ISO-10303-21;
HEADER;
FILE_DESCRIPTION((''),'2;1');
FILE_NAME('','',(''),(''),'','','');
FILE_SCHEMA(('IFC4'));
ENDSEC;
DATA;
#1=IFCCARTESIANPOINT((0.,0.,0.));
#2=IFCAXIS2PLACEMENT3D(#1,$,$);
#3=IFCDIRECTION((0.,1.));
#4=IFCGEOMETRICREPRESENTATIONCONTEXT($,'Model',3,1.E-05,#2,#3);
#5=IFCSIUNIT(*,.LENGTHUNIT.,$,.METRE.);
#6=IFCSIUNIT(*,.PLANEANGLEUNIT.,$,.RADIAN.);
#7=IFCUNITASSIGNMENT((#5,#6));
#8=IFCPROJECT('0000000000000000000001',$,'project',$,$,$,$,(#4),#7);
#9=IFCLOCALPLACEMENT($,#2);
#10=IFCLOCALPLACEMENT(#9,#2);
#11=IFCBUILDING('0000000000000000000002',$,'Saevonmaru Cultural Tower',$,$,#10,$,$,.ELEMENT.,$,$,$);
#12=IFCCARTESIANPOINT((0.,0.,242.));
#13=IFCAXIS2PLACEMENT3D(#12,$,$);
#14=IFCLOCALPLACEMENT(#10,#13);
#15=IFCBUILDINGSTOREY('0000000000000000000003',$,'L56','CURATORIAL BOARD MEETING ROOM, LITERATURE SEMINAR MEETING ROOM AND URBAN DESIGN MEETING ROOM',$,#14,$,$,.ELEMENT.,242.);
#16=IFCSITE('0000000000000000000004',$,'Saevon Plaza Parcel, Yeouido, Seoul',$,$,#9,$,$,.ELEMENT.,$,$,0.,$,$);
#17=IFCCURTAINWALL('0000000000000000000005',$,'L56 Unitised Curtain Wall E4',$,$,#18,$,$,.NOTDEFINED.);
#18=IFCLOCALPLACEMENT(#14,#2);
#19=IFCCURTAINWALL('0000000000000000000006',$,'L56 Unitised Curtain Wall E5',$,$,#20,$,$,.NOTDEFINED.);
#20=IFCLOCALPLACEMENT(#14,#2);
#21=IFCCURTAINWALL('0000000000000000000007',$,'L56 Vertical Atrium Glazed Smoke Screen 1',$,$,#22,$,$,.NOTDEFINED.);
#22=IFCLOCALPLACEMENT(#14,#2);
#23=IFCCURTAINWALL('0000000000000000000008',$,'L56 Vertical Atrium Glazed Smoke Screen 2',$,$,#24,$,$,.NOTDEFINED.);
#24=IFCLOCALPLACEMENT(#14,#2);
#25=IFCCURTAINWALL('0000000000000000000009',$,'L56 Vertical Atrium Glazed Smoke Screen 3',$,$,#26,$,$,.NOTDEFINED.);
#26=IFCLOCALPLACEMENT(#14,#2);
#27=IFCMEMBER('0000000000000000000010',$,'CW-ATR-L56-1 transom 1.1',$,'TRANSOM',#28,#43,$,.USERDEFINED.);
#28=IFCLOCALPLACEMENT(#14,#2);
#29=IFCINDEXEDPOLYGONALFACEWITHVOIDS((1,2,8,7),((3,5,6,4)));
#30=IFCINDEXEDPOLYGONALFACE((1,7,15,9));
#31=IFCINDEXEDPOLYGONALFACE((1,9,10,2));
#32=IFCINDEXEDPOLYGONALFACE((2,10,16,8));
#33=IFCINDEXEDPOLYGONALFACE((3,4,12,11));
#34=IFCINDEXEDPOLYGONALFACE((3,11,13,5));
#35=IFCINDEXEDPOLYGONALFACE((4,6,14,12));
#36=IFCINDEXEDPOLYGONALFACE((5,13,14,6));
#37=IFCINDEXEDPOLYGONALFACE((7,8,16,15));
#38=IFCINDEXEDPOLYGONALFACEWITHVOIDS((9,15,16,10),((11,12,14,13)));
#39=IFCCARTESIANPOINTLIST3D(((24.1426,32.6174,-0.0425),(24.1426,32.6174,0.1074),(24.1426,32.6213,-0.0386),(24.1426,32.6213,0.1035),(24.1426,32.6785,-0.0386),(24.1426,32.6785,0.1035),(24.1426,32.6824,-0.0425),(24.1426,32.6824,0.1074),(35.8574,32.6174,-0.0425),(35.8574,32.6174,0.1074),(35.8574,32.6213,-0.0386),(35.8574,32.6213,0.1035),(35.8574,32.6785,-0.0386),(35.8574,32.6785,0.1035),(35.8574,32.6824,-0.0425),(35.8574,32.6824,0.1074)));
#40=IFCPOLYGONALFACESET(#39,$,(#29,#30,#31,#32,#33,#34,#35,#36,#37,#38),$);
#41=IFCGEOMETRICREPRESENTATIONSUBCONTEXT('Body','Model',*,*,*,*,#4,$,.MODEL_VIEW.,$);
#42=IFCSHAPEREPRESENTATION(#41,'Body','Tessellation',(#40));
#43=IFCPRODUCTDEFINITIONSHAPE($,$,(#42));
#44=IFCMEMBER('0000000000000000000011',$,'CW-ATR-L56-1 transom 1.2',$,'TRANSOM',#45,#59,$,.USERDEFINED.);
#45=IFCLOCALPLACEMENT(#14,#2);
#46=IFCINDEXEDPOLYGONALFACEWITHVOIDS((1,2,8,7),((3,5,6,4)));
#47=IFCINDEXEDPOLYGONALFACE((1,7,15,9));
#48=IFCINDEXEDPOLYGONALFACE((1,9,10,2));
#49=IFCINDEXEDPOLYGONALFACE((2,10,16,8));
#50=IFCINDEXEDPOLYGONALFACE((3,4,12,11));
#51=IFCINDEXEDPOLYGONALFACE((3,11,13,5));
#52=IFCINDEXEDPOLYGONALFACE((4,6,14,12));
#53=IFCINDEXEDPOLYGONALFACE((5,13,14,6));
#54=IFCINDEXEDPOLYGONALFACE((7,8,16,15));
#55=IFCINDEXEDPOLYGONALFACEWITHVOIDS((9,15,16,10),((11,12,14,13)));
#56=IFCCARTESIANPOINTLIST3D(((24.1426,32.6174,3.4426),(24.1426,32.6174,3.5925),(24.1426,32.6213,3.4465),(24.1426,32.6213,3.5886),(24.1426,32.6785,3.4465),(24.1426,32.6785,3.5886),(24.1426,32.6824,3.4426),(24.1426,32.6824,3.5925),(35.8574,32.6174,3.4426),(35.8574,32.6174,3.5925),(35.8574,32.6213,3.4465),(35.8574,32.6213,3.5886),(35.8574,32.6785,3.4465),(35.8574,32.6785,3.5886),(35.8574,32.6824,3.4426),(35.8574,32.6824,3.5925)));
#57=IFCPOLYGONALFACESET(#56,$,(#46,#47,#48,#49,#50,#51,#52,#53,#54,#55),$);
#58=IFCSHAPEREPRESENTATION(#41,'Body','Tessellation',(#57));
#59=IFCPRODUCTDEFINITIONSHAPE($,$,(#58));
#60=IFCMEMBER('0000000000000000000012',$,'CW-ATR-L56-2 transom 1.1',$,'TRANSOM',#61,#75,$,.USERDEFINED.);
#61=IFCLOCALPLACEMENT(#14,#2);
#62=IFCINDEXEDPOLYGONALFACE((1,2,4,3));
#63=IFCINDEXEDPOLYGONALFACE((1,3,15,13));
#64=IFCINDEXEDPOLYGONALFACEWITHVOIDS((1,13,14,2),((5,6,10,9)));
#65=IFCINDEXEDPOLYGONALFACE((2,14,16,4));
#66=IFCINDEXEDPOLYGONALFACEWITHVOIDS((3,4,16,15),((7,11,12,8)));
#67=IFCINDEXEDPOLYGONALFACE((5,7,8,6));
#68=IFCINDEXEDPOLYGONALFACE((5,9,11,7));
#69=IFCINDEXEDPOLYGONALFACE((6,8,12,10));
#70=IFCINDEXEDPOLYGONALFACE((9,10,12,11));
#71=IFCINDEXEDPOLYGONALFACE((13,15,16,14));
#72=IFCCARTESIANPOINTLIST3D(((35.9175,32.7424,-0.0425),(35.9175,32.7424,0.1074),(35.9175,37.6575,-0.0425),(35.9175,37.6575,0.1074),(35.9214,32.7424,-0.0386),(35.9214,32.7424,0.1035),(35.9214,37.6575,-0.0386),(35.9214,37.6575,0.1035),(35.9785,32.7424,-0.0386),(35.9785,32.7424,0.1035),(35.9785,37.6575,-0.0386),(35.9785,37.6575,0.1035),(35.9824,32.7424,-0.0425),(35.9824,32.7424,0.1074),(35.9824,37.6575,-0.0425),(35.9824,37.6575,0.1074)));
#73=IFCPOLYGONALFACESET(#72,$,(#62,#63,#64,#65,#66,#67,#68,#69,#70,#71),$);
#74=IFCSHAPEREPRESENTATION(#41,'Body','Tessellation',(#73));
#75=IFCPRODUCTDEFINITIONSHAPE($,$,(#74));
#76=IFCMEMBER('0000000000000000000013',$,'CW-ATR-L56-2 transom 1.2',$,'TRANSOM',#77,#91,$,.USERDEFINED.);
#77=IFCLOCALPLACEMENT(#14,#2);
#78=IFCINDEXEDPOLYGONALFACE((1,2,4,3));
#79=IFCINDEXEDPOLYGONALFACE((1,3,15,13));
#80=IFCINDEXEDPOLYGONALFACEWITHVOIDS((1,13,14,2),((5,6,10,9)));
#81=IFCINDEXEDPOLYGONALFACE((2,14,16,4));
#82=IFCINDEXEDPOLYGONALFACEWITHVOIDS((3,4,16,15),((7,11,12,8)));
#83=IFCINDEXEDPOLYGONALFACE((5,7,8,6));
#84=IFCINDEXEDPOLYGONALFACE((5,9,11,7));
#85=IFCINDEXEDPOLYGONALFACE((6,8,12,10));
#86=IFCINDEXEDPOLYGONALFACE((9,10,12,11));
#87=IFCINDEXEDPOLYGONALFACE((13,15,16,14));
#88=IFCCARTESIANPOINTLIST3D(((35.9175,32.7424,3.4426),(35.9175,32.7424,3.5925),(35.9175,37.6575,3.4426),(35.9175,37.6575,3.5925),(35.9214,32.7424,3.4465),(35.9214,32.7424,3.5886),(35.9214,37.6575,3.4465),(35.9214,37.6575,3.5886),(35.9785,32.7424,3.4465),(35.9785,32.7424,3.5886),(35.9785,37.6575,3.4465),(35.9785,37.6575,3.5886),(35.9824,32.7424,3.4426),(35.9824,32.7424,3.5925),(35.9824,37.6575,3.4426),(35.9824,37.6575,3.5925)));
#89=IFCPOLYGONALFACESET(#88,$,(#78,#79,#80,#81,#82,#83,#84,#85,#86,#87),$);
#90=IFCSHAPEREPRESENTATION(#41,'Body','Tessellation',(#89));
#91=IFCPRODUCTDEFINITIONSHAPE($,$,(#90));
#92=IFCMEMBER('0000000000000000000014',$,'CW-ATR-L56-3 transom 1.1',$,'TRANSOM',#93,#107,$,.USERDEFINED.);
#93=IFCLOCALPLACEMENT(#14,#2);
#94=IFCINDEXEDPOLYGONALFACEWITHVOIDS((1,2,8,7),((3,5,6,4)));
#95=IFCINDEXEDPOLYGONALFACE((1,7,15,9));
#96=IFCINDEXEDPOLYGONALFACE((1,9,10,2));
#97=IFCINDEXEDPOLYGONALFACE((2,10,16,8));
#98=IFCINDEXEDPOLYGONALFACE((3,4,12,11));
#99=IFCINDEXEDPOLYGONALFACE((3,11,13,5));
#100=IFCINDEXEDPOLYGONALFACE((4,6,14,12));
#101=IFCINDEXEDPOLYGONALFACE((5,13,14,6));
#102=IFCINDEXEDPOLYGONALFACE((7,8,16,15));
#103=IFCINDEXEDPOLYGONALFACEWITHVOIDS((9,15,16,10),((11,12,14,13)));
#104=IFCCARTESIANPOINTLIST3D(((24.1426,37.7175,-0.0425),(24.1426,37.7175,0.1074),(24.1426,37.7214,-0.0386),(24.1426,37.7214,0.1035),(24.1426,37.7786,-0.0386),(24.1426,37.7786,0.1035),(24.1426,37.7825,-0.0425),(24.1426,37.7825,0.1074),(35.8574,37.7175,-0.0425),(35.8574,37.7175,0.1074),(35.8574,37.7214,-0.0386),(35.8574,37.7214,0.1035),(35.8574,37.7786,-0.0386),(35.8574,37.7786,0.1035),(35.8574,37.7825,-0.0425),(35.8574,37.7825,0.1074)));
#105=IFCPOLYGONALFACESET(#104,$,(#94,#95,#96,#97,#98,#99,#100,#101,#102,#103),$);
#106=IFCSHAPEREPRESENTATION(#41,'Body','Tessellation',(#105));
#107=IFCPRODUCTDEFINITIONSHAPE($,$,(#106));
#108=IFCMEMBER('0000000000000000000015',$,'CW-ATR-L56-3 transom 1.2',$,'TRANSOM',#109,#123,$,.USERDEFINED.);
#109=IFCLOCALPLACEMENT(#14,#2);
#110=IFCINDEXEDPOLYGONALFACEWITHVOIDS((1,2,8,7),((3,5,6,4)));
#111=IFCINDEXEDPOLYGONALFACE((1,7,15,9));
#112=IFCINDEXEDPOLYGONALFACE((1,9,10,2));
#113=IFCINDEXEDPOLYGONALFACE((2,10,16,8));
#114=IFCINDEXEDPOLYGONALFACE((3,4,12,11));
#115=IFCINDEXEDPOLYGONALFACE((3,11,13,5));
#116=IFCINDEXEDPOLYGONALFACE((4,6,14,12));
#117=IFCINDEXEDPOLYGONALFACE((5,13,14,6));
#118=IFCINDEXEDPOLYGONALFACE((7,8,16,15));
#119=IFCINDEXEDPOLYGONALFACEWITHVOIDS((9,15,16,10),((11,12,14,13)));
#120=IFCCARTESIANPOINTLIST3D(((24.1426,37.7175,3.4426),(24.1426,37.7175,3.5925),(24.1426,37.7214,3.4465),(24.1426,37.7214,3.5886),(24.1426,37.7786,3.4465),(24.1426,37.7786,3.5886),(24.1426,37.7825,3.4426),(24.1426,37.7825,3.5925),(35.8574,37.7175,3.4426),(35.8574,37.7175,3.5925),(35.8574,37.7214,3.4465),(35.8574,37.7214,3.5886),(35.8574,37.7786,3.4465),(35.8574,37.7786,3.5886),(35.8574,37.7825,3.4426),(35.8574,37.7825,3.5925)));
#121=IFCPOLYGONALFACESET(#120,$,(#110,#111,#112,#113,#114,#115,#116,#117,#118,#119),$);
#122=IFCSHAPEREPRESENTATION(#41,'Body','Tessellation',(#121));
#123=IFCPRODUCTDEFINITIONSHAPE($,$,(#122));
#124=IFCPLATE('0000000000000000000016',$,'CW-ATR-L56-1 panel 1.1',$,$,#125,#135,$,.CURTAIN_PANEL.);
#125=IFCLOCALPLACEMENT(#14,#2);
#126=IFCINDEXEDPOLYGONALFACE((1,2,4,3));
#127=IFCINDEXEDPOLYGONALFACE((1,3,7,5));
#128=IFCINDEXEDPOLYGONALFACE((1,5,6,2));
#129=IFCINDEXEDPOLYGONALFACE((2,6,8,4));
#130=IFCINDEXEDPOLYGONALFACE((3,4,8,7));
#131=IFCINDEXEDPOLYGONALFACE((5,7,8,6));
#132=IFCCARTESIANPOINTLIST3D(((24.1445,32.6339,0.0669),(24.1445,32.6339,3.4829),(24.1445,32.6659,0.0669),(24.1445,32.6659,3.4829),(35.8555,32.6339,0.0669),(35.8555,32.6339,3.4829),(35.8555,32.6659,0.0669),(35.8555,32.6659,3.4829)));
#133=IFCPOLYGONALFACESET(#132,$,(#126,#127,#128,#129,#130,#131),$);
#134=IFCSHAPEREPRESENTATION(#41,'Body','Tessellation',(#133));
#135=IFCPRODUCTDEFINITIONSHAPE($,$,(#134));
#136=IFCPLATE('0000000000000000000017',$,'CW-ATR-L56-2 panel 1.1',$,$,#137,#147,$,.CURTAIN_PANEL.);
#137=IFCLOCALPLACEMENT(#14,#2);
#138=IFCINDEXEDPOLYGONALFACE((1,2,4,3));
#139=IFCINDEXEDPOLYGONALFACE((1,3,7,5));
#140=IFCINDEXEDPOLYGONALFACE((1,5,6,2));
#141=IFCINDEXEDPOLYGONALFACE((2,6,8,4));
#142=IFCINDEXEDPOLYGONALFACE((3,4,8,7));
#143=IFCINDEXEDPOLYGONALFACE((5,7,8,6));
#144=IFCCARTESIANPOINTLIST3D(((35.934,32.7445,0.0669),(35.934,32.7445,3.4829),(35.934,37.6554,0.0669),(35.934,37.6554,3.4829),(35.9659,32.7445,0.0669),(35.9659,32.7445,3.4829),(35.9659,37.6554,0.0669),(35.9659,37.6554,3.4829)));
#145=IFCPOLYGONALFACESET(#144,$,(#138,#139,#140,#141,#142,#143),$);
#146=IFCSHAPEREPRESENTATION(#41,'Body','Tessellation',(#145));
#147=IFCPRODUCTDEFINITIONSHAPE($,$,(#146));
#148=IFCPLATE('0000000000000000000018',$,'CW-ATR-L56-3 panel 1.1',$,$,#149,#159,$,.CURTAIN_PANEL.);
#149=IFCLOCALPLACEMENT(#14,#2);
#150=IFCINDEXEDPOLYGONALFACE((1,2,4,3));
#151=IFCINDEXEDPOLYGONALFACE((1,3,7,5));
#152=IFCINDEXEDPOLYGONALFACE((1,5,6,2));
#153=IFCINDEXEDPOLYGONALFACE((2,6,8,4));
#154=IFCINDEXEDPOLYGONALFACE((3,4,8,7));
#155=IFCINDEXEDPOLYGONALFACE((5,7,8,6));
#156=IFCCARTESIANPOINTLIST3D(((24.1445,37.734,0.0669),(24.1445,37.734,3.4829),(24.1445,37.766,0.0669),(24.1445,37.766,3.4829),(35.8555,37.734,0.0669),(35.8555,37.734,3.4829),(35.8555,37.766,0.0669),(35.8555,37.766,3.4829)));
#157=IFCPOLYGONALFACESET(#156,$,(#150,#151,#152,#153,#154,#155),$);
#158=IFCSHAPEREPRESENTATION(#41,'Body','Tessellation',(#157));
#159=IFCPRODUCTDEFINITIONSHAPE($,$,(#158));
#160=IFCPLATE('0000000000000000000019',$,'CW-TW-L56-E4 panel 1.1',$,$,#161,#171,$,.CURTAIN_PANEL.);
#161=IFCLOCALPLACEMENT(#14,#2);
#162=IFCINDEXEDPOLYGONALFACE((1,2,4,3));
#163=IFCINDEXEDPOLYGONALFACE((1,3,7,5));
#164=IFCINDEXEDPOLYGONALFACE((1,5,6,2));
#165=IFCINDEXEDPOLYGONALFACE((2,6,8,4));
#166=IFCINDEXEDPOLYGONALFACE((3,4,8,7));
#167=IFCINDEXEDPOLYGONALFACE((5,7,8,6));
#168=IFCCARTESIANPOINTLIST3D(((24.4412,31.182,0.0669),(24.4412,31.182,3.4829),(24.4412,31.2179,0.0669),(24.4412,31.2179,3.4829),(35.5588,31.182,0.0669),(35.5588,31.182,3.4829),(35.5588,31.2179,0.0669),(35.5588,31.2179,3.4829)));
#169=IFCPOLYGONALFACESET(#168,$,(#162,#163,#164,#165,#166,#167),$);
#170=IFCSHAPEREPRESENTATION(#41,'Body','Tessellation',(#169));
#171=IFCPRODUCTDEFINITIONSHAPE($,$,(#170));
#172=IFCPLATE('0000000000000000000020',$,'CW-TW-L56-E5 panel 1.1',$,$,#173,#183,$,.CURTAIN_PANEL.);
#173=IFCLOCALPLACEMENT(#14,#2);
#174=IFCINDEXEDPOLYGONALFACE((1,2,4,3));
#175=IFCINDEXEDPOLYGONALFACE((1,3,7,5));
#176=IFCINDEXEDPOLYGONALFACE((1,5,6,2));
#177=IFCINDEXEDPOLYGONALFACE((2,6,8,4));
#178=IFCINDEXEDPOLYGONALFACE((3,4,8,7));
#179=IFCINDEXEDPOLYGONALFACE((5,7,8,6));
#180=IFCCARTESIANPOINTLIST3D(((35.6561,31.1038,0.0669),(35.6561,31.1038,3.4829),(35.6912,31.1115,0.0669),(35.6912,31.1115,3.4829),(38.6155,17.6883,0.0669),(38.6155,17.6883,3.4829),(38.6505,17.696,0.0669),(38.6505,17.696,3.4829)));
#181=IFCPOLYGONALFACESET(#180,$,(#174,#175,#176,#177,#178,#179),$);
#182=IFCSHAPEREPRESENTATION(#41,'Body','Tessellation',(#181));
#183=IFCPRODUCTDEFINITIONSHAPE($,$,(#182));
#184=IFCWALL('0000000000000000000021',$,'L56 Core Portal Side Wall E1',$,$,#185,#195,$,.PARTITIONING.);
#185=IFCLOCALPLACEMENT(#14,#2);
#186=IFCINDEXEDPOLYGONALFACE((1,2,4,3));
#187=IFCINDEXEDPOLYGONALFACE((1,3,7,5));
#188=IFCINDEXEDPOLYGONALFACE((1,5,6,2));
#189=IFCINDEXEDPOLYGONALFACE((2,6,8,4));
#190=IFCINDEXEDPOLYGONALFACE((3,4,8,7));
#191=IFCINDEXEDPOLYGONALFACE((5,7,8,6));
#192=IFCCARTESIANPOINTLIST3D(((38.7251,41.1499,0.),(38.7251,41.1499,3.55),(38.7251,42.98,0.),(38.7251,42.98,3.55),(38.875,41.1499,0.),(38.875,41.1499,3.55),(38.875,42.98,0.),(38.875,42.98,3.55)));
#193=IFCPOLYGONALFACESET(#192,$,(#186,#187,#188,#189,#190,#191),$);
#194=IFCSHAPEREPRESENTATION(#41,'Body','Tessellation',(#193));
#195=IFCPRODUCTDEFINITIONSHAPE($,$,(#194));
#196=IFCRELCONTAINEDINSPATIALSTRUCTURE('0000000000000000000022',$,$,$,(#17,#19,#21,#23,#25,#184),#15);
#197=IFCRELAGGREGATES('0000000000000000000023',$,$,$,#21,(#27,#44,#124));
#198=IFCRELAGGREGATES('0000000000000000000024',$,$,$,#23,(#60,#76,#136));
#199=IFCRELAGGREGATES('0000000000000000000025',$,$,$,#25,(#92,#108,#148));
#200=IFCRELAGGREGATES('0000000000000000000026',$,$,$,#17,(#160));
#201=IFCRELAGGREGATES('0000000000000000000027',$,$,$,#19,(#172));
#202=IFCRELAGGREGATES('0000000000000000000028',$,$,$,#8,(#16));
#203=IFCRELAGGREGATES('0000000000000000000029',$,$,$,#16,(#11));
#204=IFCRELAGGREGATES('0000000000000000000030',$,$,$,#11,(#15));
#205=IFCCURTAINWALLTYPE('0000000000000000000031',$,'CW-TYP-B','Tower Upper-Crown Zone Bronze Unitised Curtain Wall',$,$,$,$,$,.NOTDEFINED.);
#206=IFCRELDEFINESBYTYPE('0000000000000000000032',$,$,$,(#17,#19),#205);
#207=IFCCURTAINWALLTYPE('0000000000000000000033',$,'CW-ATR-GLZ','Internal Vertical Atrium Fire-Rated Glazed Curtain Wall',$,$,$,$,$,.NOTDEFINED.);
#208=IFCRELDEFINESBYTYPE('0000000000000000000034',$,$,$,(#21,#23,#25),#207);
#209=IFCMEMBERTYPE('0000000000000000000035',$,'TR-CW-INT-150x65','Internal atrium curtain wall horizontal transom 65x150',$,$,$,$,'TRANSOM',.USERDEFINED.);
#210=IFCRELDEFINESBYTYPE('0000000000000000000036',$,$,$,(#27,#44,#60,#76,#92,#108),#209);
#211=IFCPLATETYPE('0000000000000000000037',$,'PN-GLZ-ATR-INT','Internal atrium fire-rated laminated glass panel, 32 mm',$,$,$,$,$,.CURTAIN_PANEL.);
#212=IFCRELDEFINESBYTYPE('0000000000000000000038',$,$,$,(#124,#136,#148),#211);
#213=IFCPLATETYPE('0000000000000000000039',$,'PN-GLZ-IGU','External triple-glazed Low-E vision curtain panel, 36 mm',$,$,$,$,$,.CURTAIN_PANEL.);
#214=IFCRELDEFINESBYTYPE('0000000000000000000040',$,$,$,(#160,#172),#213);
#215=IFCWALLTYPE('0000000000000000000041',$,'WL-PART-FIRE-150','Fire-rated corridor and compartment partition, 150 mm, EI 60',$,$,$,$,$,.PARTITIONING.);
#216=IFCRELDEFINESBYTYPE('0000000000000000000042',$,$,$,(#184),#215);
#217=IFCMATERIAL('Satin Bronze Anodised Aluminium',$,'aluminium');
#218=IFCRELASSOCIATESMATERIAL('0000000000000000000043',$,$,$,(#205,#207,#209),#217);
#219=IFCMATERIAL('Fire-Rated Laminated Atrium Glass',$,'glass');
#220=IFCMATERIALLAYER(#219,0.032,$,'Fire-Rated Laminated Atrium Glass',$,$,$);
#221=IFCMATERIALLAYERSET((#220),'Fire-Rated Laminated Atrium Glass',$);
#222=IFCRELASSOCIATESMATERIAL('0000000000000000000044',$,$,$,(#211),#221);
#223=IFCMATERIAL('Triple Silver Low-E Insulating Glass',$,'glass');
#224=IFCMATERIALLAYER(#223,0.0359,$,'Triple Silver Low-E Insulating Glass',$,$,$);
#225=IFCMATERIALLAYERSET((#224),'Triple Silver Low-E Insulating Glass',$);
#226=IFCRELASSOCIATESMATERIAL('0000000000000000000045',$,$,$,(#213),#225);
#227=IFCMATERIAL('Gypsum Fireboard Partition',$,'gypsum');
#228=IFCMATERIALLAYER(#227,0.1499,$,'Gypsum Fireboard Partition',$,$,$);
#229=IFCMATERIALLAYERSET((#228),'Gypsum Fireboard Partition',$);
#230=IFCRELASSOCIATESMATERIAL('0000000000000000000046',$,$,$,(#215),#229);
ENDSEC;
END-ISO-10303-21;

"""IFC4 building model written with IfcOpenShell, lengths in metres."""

from ifc_helpers import new_model, si_unit, direction, frame, frame_2d, origin, origin_2d, place, context, subcontext, project, spatial, rectangle, hollow_rectangle, extrude, material, layer, layer_set, material_profile, profile_set, type_object, element, aggregate, save


model = new_model("IFC4")

# Units and contexts
model_context = context("Model", 3, precision=1e-05, world=origin(), true_north=direction((0.0, 1.0)))
body_context = subcontext(model_context, "Body", "Model", "MODEL_VIEW")
ifc_project = project(units=[si_unit("LENGTHUNIT", "METRE"), si_unit("PLANEANGLEUNIT", "RADIAN")], contexts=[model_context])

# Site, building, storey
site_placement = place(None, origin())
site = spatial("IfcSite", under=ifc_project, at=site_placement, Name="Saevon Plaza Parcel, Yeouido, Seoul", CompositionType="ELEMENT", RefElevation=0.0)
building_placement = place(site_placement, origin())
building = spatial("IfcBuilding", under=site, at=building_placement, Name="Saevonmaru Cultural Tower", CompositionType="ELEMENT")
storey_placement = place(building_placement, frame((0.0, 0.0, 242.0)))
storey = spatial("IfcBuildingStorey", under=building, at=storey_placement, Name="L56", Description="CURATORIAL BOARD MEETING ROOM, LITERATURE SEMINAR MEETING ROOM AND URBAN DESIGN MEETING ROOM", CompositionType="ELEMENT", Elevation=242.0)

# Shared definitions
ifc_material_1 = material(Name="Satin Bronze Anodised Aluminium", Category="aluminium")
curtain_wall_type_1 = type_object("IfcCurtainWallType", Name="CW-TYP-B", Description="Tower Upper-Crown Zone Bronze Unitised Curtain Wall", PredefinedType="NOTDEFINED", material=ifc_material_1)

# Curtain walls
curtain_wall_1_placement = place(storey_placement, origin())
curtain_wall_1 = element("IfcCurtainWall", 1, at=curtain_wall_1_placement, inside=storey, type_object=curtain_wall_type_1, Name="L56 Unitised Curtain Wall E4", PredefinedType="NOTDEFINED")
curtain_wall_2_placement = place(storey_placement, origin())
curtain_wall_2 = element("IfcCurtainWall", 2, at=curtain_wall_2_placement, inside=storey, type_object=curtain_wall_type_1, Name="L56 Unitised Curtain Wall E5", PredefinedType="NOTDEFINED")

# Curtain walls
curtain_wall_type_2 = type_object("IfcCurtainWallType", Name="CW-ATR-GLZ", Description="Internal Vertical Atrium Fire-Rated Glazed Curtain Wall", PredefinedType="NOTDEFINED", material=ifc_material_1)
curtain_wall_3_placement = place(storey_placement, origin())
curtain_wall_3 = element("IfcCurtainWall", 3, at=curtain_wall_3_placement, inside=storey, type_object=curtain_wall_type_2, Name="L56 Vertical Atrium Glazed Smoke Screen 1", PredefinedType="NOTDEFINED")
curtain_wall_4_placement = place(storey_placement, origin())
curtain_wall_4 = element("IfcCurtainWall", 4, at=curtain_wall_4_placement, inside=storey, type_object=curtain_wall_type_2, Name="L56 Vertical Atrium Glazed Smoke Screen 2", PredefinedType="NOTDEFINED")
curtain_wall_5_placement = place(storey_placement, origin())
curtain_wall_5 = element("IfcCurtainWall", 5, at=curtain_wall_5_placement, inside=storey, type_object=curtain_wall_type_2, Name="L56 Vertical Atrium Glazed Smoke Screen 3", PredefinedType="NOTDEFINED")

# Members
ifc_material_profile_1 = material_profile(ifc_material_1, hollow_rectangle(XDim=0.0649, YDim=0.1499, WallThickness=0.0039, at=origin_2d()), Name="ALU-TRAN-150x65x4")
ifc_profile_set_1 = profile_set([ifc_material_profile_1], Name="Satin Bronze Anodised Aluminium")
member_type_1 = type_object("IfcMemberType", Name="TR-CW-INT-150x65", Description="Internal atrium curtain wall horizontal transom 65x150", ElementType="TRANSOM", PredefinedType="USERDEFINED", material=ifc_profile_set_1)
member_1_placement = place(storey_placement, frame((24.1426, 32.6499, 0.0325), z_axis=(1.0, 0.0, 0.0), x_axis=(0.0, 1.0, 0.0)))
member_1 = element("IfcMember", 6, at=member_1_placement, type_object=member_type_1, Name="CW-ATR-L56-1 transom 1.1", ObjectType="TRANSOM", PredefinedType="USERDEFINED", context=body_context, shape_type="SweptSolid", body=[
    extrude(hollow_rectangle(XDim=0.0649, YDim=0.1499, WallThickness=0.0039, at=origin_2d()), origin(), (0.0, 0.0, 1.0), 11.7148),
])
member_2_placement = place(storey_placement, frame((24.1426, 32.6499, 3.5176), z_axis=(1.0, 0.0, 0.0), x_axis=(0.0, 1.0, 0.0)))
member_2 = element("IfcMember", 7, at=member_2_placement, type_object=member_type_1, Name="CW-ATR-L56-1 transom 1.2", ObjectType="TRANSOM", PredefinedType="USERDEFINED", context=body_context, shape_type="SweptSolid", body=[
    extrude(hollow_rectangle(XDim=0.0649, YDim=0.1499, WallThickness=0.0039, at=origin_2d()), origin(), (0.0, 0.0, 1.0), 11.7148),
])
member_3_placement = place(storey_placement, frame((35.95, 32.7424, 0.0325), z_axis=(0.0, 1.0, 0.0), x_axis=(-1.0, 0.0, 0.0)))
member_3 = element("IfcMember", 8, at=member_3_placement, type_object=member_type_1, Name="CW-ATR-L56-2 transom 1.1", ObjectType="TRANSOM", PredefinedType="USERDEFINED", context=body_context, shape_type="SweptSolid", body=[
    extrude(hollow_rectangle(XDim=0.0649, YDim=0.1499, WallThickness=0.0039, at=origin_2d()), origin(), (0.0, 0.0, 1.0), 4.915),
])
member_4_placement = place(storey_placement, frame((35.95, 32.7424, 3.5176), z_axis=(0.0, 1.0, 0.0), x_axis=(-1.0, 0.0, 0.0)))
member_4 = element("IfcMember", 9, at=member_4_placement, type_object=member_type_1, Name="CW-ATR-L56-2 transom 1.2", ObjectType="TRANSOM", PredefinedType="USERDEFINED", context=body_context, shape_type="SweptSolid", body=[
    extrude(hollow_rectangle(XDim=0.0649, YDim=0.1499, WallThickness=0.0039, at=origin_2d()), origin(), (0.0, 0.0, 1.0), 4.915),
])
member_5_placement = place(storey_placement, frame((35.8574, 37.75, 0.0325), z_axis=(-1.0, 0.0, 0.0), x_axis=(0.0, -1.0, 0.0)))
member_5 = element("IfcMember", 10, at=member_5_placement, type_object=member_type_1, Name="CW-ATR-L56-3 transom 1.1", ObjectType="TRANSOM", PredefinedType="USERDEFINED", context=body_context, shape_type="SweptSolid", body=[
    extrude(hollow_rectangle(XDim=0.0649, YDim=0.1499, WallThickness=0.0039, at=origin_2d()), origin(), (0.0, 0.0, 1.0), 11.7148),
])
member_6_placement = place(storey_placement, frame((35.8574, 37.75, 3.5176), z_axis=(-1.0, 0.0, 0.0), x_axis=(0.0, -1.0, 0.0)))
member_6 = element("IfcMember", 11, at=member_6_placement, type_object=member_type_1, Name="CW-ATR-L56-3 transom 1.2", ObjectType="TRANSOM", PredefinedType="USERDEFINED", context=body_context, shape_type="SweptSolid", body=[
    extrude(hollow_rectangle(XDim=0.0649, YDim=0.1499, WallThickness=0.0039, at=origin_2d()), origin(), (0.0, 0.0, 1.0), 11.7148),
])

# Plates
ifc_material_2 = material(Name="Fire-Rated Laminated Atrium Glass", Category="glass")
ifc_layer_1 = layer(ifc_material_2, 0.032, Name="Fire-Rated Laminated Atrium Glass")
ifc_layer_set_1 = layer_set([ifc_layer_1], Name="Fire-Rated Laminated Atrium Glass")
plate_type_1 = type_object("IfcPlateType", Name="PN-GLZ-ATR-INT", Description="Internal atrium fire-rated laminated glass panel, 32 mm", PredefinedType="CURTAIN_PANEL", material=ifc_layer_set_1)
plate_1_placement = place(storey_placement, frame((30.0, 32.6499, 0.0669), z_axis=(0.0, 0.0, 1.0), x_axis=(1.0, 0.0, 0.0)))
plate_1 = element("IfcPlate", 12, at=plate_1_placement, type_object=plate_type_1, Name="CW-ATR-L56-1 panel 1.1", PredefinedType="CURTAIN_PANEL", context=body_context, shape_type="SweptSolid", body=[
    extrude(rectangle(XDim=11.7109, YDim=0.032, at=origin_2d()), origin(), (0.0, 0.0, 1.0), 3.416),
])
aggregate(curtain_wall_3, [member_1, member_2, plate_1])
plate_2_placement = place(storey_placement, frame((35.95, 35.2, 0.0669), z_axis=(0.0, 0.0, 1.0), x_axis=(0.0, 1.0, 0.0)))
plate_2 = element("IfcPlate", 13, at=plate_2_placement, type_object=plate_type_1, Name="CW-ATR-L56-2 panel 1.1", PredefinedType="CURTAIN_PANEL", context=body_context, shape_type="SweptSolid", body=[
    extrude(rectangle(XDim=4.9109, YDim=0.032, at=origin_2d()), origin(), (0.0, 0.0, 1.0), 3.416),
])
aggregate(curtain_wall_4, [member_3, member_4, plate_2])
plate_3_placement = place(storey_placement, frame((30.0, 37.75, 0.0669), z_axis=(0.0, 0.0, 1.0), x_axis=(-1.0, 0.0, 0.0)))
plate_3 = element("IfcPlate", 14, at=plate_3_placement, type_object=plate_type_1, Name="CW-ATR-L56-3 panel 1.1", PredefinedType="CURTAIN_PANEL", context=body_context, shape_type="SweptSolid", body=[
    extrude(rectangle(XDim=11.7109, YDim=0.032, at=origin_2d()), origin(), (0.0, 0.0, 1.0), 3.416),
])
aggregate(curtain_wall_5, [member_5, member_6, plate_3])
ifc_material_3 = material(Name="Triple Silver Low-E Insulating Glass", Category="glass")
ifc_layer_2 = layer(ifc_material_3, 0.0359, Name="Triple Silver Low-E Insulating Glass")
ifc_layer_set_2 = layer_set([ifc_layer_2], Name="Triple Silver Low-E Insulating Glass")
plate_type_2 = type_object("IfcPlateType", Name="PN-GLZ-IGU", Description="External triple-glazed Low-E vision curtain panel, 36 mm", PredefinedType="CURTAIN_PANEL", material=ifc_layer_set_2)
plate_4_placement = place(storey_placement, frame((30.0, 31.2, 0.0669), z_axis=(0.0, 0.0, 1.0), x_axis=(1.0, 0.0, 0.0)))
plate_4 = element("IfcPlate", 15, at=plate_4_placement, type_object=plate_type_2, Name="CW-TW-L56-E4 panel 1.1", PredefinedType="CURTAIN_PANEL", context=body_context, shape_type="SweptSolid", body=[
    extrude(rectangle(XDim=11.1177, YDim=0.0359, at=origin_2d()), origin(), (0.0, 0.0, 1.0), 3.416),
])
aggregate(curtain_wall_1, [plate_4])
plate_5_placement = place(storey_placement, frame((37.1533, 24.3999, 0.0669), z_axis=(0.0, 0.0, 1.0), x_axis=(0.215413, -0.976523, 0.0)))
plate_5 = element("IfcPlate", 16, at=plate_5_placement, type_object=plate_type_2, Name="CW-TW-L56-E5 panel 1.1", PredefinedType="CURTAIN_PANEL", context=body_context, shape_type="SweptSolid", body=[
    extrude(rectangle(XDim=13.738, YDim=0.0359, at=origin_2d()), origin(), (0.0, 0.0, 1.0), 3.416),
])
aggregate(curtain_wall_2, [plate_5])

# Wall
ifc_material_4 = material(Name="Gypsum Fireboard Partition", Category="gypsum")
ifc_layer_3 = layer(ifc_material_4, 0.1499, Name="Gypsum Fireboard Partition")
ifc_layer_set_3 = layer_set([ifc_layer_3], Name="Gypsum Fireboard Partition")
wall_type_1 = type_object("IfcWallType", Name="WL-PART-FIRE-150", Description="Fire-rated corridor and compartment partition, 150 mm, EI 60", PredefinedType="PARTITIONING", material=ifc_layer_set_3)
wall_1_placement = place(storey_placement, frame((38.8, 41.1499, 0.0), z_axis=(0.0, 0.0, 1.0), x_axis=(0.0, 1.0, 0.0)))
element("IfcWall", 17, at=wall_1_placement, inside=storey, type_object=wall_type_1, Name="L56 Core Portal Side Wall E1", PredefinedType="PARTITIONING", context=body_context, shape_type="SweptSolid", body=[
    extrude(rectangle(XDim=1.8301, YDim=0.1499, at=frame_2d((0.915, 0.0))), origin(), (0.0, 0.0, 1.0), 3.55),
])

save(model, "model.ifc")
